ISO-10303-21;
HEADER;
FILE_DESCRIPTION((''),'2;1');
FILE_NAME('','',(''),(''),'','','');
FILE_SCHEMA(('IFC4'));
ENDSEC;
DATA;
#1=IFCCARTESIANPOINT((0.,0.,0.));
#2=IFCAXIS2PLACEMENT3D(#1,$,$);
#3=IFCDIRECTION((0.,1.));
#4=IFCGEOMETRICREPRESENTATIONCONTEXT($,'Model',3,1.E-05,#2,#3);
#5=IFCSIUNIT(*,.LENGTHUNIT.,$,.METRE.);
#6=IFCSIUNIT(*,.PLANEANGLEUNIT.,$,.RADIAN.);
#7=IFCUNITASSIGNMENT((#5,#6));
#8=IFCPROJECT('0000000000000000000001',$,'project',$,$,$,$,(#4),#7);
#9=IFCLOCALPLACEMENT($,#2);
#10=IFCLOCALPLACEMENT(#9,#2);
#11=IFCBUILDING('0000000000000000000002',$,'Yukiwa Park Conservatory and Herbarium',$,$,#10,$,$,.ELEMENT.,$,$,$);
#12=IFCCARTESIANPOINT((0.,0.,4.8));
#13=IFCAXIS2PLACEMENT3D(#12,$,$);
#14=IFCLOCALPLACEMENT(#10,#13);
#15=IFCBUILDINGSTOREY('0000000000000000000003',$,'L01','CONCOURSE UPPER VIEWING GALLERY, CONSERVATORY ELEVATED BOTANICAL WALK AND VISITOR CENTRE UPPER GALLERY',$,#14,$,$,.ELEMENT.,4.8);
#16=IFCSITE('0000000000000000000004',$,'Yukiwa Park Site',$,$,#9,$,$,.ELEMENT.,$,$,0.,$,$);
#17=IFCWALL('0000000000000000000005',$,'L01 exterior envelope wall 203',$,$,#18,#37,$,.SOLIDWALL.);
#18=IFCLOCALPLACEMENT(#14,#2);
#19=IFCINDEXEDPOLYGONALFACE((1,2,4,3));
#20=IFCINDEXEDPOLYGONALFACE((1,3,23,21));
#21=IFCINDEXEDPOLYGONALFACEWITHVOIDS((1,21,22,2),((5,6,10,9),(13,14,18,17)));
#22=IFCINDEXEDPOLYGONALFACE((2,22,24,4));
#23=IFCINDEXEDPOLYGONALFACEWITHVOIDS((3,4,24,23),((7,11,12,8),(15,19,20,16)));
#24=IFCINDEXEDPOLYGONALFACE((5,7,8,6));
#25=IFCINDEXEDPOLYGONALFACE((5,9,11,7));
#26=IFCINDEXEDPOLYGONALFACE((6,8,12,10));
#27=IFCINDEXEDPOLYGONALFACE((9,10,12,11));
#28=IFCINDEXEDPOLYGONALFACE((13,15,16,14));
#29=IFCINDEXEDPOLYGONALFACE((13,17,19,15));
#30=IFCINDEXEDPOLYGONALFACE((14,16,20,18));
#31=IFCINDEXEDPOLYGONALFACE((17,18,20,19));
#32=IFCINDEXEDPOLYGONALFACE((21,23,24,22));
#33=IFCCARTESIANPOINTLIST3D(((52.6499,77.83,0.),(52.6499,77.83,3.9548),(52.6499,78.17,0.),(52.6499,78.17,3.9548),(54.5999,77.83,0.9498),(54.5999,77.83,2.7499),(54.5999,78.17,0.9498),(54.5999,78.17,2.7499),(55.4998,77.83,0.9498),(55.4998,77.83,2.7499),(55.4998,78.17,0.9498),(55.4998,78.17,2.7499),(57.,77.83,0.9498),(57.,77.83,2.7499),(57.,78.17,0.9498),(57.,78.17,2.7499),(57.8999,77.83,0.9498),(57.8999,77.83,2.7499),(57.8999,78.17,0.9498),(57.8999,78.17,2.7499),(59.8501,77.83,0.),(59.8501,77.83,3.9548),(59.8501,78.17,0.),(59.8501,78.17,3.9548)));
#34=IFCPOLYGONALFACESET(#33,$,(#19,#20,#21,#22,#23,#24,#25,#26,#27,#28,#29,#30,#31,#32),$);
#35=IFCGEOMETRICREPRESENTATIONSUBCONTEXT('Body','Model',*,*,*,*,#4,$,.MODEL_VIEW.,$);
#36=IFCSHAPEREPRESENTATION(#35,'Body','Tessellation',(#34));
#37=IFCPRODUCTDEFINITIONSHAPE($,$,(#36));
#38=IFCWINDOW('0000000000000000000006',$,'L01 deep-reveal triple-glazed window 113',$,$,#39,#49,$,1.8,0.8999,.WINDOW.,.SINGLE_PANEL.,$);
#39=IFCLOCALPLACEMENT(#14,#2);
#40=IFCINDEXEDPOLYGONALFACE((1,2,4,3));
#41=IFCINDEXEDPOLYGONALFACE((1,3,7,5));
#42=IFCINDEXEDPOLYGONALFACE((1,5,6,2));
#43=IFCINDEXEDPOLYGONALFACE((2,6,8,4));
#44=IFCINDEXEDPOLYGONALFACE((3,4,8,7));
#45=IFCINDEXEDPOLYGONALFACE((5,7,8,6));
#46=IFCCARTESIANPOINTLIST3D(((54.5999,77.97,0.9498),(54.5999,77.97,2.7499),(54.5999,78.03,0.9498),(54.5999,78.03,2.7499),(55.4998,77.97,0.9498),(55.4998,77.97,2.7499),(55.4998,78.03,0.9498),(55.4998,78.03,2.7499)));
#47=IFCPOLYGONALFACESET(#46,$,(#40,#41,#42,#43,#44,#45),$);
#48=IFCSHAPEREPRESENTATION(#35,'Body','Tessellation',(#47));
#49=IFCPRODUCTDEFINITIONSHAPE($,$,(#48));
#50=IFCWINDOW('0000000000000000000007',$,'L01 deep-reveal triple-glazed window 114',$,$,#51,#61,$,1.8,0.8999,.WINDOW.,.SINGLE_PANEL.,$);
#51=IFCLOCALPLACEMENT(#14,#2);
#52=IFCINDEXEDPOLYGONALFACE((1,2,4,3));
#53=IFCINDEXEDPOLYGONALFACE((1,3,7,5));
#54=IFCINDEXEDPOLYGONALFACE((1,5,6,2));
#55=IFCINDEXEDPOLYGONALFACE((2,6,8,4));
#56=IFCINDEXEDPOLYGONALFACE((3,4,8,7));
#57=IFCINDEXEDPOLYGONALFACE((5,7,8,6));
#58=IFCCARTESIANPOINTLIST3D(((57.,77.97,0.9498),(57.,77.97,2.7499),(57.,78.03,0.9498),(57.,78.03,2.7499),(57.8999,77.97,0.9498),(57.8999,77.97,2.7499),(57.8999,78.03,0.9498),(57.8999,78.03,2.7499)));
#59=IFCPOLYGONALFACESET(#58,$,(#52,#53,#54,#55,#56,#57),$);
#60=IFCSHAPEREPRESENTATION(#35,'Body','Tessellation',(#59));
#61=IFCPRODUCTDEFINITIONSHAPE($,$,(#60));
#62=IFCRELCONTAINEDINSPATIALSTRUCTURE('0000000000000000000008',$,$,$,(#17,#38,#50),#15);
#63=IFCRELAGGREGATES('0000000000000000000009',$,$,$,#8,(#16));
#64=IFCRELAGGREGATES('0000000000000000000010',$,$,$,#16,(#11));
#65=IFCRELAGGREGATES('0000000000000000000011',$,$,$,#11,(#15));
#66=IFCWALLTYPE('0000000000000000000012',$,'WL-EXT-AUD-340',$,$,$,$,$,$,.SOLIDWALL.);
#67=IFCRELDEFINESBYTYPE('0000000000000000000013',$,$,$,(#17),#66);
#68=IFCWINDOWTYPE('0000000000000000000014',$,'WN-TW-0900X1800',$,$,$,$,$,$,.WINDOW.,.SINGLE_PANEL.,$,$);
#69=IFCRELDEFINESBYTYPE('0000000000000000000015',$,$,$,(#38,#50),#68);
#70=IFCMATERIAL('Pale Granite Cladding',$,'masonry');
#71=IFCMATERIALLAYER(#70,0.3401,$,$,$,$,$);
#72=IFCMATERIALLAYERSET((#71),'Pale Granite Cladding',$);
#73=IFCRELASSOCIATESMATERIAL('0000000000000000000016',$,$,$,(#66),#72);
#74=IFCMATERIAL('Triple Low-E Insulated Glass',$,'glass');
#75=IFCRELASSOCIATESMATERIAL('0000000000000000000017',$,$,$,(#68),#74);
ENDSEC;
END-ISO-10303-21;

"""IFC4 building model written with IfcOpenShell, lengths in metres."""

from ifc_helpers import new_model, si_unit, direction, frame, frame_2d, origin, place, context, subcontext, project, spatial, rectangle, extrude, material, layer, layer_set, type_object, element, fill, save


model = new_model("IFC4")

# Units and contexts
model_context = context("Model", 3, precision=1e-05, world=origin(), true_north=direction((0.0, 1.0)))
body_context = subcontext(model_context, "Body", "Model", "MODEL_VIEW")
ifc_project = project(units=[si_unit("LENGTHUNIT", "METRE"), si_unit("PLANEANGLEUNIT", "RADIAN")], contexts=[model_context])

# Site, building, storey
site_placement = place(None, origin())
site = spatial("IfcSite", under=ifc_project, at=site_placement, Name="Yukiwa Park Site", CompositionType="ELEMENT", RefElevation=0.0)
building_placement = place(site_placement, origin())
building = spatial("IfcBuilding", under=site, at=building_placement, Name="Yukiwa Park Conservatory and Herbarium", CompositionType="ELEMENT")
storey_placement = place(building_placement, frame((0.0, 0.0, 4.8)))
storey = spatial("IfcBuildingStorey", under=building, at=storey_placement, Name="L01", Description="CONCOURSE UPPER VIEWING GALLERY, CONSERVATORY ELEVATED BOTANICAL WALK AND VISITOR CENTRE UPPER GALLERY", CompositionType="ELEMENT", Elevation=4.8)

# Wall, openings, windows
ifc_material_1 = material(Name="Pale Granite Cladding", Category="masonry")
ifc_layer_1 = layer(ifc_material_1, 0.3401)
ifc_layer_set_1 = layer_set([ifc_layer_1], Name="Pale Granite Cladding")
wall_type_1 = type_object("IfcWallType", Name="WL-EXT-AUD-340", PredefinedType="SOLIDWALL", material=ifc_layer_set_1)
wall_1_placement = place(storey_placement, frame((52.6499, 78.0, 0.0), z_axis=(0.0, 0.0, 1.0), x_axis=(1.0, 0.0, 0.0)))
wall_1 = element("IfcWall", 1, at=wall_1_placement, inside=storey, type_object=wall_type_1, Name="L01 exterior envelope wall 203", PredefinedType="SOLIDWALL", context=body_context, shape_type="SweptSolid", body=[
    extrude(rectangle(XDim=7.2002, YDim=0.3401, at=frame_2d((3.6001, 0.0))), origin(), (0.0, 0.0, 1.0), 3.9548),
])
opening_1_placement = place(wall_1_placement, frame((1.95, 0.0, 0.95)))
opening_1 = element("IfcOpeningElement", 2, at=opening_1_placement, cuts=wall_1, PredefinedType="OPENING", context=body_context, shape_type="SweptSolid", body=[
    extrude(rectangle(XDim=0.8999, YDim=1.8, at=frame_2d((0.45, 0.8999))), frame((0.0, 0.1802, 0.0), z_axis=(0.0, -1.0, 0.0), x_axis=(1.0, 0.0, 0.0)), (0.0, 0.0, 1.0), 0.3601),
])
opening_2_placement = place(wall_1_placement, frame((4.3501, 0.0, 0.95)))
opening_2 = element("IfcOpeningElement", 3, at=opening_2_placement, cuts=wall_1, PredefinedType="OPENING", context=body_context, shape_type="SweptSolid", body=[
    extrude(rectangle(XDim=0.8999, YDim=1.8, at=frame_2d((0.45, 0.8999))), frame((0.0, 0.1802, 0.0), z_axis=(0.0, -1.0, 0.0), x_axis=(1.0, 0.0, 0.0)), (0.0, 0.0, 1.0), 0.3601),
])
ifc_material_2 = material(Name="Triple Low-E Insulated Glass", Category="glass")
window_type_1 = type_object("IfcWindowType", Name="WN-TW-0900X1800", PartitioningType="SINGLE_PANEL", PredefinedType="WINDOW", material=ifc_material_2)
window_1_placement = place(opening_1_placement, origin())
window_1 = element("IfcWindow", 4, at=window_1_placement, inside=storey, type_object=window_type_1, Name="L01 deep-reveal triple-glazed window 113", OverallHeight=1.8, OverallWidth=0.8999, PartitioningType="SINGLE_PANEL", PredefinedType="WINDOW", context=body_context, shape_type="SweptSolid", body=[
    extrude(rectangle(XDim=0.8999, YDim=1.8, at=frame_2d((0.45, 0.8999))), frame((0.0, 0.03, 0.0), z_axis=(0.0, -1.0, 0.0), x_axis=(1.0, 0.0, 0.0)), (0.0, 0.0, 1.0), 0.0601),
])
fill(opening_1, window_1)
window_2_placement = place(opening_2_placement, origin())
window_2 = element("IfcWindow", 5, at=window_2_placement, inside=storey, type_object=window_type_1, Name="L01 deep-reveal triple-glazed window 114", OverallHeight=1.8, OverallWidth=0.8999, PartitioningType="SINGLE_PANEL", PredefinedType="WINDOW", context=body_context, shape_type="SweptSolid", body=[
    extrude(rectangle(XDim=0.8999, YDim=1.8, at=frame_2d((0.45, 0.8999))), frame((0.0, 0.03, 0.0), z_axis=(0.0, -1.0, 0.0), x_axis=(1.0, 0.0, 0.0)), (0.0, 0.0, 1.0), 0.0601),
])
fill(opening_2, window_2)

save(model, "model.ifc")
